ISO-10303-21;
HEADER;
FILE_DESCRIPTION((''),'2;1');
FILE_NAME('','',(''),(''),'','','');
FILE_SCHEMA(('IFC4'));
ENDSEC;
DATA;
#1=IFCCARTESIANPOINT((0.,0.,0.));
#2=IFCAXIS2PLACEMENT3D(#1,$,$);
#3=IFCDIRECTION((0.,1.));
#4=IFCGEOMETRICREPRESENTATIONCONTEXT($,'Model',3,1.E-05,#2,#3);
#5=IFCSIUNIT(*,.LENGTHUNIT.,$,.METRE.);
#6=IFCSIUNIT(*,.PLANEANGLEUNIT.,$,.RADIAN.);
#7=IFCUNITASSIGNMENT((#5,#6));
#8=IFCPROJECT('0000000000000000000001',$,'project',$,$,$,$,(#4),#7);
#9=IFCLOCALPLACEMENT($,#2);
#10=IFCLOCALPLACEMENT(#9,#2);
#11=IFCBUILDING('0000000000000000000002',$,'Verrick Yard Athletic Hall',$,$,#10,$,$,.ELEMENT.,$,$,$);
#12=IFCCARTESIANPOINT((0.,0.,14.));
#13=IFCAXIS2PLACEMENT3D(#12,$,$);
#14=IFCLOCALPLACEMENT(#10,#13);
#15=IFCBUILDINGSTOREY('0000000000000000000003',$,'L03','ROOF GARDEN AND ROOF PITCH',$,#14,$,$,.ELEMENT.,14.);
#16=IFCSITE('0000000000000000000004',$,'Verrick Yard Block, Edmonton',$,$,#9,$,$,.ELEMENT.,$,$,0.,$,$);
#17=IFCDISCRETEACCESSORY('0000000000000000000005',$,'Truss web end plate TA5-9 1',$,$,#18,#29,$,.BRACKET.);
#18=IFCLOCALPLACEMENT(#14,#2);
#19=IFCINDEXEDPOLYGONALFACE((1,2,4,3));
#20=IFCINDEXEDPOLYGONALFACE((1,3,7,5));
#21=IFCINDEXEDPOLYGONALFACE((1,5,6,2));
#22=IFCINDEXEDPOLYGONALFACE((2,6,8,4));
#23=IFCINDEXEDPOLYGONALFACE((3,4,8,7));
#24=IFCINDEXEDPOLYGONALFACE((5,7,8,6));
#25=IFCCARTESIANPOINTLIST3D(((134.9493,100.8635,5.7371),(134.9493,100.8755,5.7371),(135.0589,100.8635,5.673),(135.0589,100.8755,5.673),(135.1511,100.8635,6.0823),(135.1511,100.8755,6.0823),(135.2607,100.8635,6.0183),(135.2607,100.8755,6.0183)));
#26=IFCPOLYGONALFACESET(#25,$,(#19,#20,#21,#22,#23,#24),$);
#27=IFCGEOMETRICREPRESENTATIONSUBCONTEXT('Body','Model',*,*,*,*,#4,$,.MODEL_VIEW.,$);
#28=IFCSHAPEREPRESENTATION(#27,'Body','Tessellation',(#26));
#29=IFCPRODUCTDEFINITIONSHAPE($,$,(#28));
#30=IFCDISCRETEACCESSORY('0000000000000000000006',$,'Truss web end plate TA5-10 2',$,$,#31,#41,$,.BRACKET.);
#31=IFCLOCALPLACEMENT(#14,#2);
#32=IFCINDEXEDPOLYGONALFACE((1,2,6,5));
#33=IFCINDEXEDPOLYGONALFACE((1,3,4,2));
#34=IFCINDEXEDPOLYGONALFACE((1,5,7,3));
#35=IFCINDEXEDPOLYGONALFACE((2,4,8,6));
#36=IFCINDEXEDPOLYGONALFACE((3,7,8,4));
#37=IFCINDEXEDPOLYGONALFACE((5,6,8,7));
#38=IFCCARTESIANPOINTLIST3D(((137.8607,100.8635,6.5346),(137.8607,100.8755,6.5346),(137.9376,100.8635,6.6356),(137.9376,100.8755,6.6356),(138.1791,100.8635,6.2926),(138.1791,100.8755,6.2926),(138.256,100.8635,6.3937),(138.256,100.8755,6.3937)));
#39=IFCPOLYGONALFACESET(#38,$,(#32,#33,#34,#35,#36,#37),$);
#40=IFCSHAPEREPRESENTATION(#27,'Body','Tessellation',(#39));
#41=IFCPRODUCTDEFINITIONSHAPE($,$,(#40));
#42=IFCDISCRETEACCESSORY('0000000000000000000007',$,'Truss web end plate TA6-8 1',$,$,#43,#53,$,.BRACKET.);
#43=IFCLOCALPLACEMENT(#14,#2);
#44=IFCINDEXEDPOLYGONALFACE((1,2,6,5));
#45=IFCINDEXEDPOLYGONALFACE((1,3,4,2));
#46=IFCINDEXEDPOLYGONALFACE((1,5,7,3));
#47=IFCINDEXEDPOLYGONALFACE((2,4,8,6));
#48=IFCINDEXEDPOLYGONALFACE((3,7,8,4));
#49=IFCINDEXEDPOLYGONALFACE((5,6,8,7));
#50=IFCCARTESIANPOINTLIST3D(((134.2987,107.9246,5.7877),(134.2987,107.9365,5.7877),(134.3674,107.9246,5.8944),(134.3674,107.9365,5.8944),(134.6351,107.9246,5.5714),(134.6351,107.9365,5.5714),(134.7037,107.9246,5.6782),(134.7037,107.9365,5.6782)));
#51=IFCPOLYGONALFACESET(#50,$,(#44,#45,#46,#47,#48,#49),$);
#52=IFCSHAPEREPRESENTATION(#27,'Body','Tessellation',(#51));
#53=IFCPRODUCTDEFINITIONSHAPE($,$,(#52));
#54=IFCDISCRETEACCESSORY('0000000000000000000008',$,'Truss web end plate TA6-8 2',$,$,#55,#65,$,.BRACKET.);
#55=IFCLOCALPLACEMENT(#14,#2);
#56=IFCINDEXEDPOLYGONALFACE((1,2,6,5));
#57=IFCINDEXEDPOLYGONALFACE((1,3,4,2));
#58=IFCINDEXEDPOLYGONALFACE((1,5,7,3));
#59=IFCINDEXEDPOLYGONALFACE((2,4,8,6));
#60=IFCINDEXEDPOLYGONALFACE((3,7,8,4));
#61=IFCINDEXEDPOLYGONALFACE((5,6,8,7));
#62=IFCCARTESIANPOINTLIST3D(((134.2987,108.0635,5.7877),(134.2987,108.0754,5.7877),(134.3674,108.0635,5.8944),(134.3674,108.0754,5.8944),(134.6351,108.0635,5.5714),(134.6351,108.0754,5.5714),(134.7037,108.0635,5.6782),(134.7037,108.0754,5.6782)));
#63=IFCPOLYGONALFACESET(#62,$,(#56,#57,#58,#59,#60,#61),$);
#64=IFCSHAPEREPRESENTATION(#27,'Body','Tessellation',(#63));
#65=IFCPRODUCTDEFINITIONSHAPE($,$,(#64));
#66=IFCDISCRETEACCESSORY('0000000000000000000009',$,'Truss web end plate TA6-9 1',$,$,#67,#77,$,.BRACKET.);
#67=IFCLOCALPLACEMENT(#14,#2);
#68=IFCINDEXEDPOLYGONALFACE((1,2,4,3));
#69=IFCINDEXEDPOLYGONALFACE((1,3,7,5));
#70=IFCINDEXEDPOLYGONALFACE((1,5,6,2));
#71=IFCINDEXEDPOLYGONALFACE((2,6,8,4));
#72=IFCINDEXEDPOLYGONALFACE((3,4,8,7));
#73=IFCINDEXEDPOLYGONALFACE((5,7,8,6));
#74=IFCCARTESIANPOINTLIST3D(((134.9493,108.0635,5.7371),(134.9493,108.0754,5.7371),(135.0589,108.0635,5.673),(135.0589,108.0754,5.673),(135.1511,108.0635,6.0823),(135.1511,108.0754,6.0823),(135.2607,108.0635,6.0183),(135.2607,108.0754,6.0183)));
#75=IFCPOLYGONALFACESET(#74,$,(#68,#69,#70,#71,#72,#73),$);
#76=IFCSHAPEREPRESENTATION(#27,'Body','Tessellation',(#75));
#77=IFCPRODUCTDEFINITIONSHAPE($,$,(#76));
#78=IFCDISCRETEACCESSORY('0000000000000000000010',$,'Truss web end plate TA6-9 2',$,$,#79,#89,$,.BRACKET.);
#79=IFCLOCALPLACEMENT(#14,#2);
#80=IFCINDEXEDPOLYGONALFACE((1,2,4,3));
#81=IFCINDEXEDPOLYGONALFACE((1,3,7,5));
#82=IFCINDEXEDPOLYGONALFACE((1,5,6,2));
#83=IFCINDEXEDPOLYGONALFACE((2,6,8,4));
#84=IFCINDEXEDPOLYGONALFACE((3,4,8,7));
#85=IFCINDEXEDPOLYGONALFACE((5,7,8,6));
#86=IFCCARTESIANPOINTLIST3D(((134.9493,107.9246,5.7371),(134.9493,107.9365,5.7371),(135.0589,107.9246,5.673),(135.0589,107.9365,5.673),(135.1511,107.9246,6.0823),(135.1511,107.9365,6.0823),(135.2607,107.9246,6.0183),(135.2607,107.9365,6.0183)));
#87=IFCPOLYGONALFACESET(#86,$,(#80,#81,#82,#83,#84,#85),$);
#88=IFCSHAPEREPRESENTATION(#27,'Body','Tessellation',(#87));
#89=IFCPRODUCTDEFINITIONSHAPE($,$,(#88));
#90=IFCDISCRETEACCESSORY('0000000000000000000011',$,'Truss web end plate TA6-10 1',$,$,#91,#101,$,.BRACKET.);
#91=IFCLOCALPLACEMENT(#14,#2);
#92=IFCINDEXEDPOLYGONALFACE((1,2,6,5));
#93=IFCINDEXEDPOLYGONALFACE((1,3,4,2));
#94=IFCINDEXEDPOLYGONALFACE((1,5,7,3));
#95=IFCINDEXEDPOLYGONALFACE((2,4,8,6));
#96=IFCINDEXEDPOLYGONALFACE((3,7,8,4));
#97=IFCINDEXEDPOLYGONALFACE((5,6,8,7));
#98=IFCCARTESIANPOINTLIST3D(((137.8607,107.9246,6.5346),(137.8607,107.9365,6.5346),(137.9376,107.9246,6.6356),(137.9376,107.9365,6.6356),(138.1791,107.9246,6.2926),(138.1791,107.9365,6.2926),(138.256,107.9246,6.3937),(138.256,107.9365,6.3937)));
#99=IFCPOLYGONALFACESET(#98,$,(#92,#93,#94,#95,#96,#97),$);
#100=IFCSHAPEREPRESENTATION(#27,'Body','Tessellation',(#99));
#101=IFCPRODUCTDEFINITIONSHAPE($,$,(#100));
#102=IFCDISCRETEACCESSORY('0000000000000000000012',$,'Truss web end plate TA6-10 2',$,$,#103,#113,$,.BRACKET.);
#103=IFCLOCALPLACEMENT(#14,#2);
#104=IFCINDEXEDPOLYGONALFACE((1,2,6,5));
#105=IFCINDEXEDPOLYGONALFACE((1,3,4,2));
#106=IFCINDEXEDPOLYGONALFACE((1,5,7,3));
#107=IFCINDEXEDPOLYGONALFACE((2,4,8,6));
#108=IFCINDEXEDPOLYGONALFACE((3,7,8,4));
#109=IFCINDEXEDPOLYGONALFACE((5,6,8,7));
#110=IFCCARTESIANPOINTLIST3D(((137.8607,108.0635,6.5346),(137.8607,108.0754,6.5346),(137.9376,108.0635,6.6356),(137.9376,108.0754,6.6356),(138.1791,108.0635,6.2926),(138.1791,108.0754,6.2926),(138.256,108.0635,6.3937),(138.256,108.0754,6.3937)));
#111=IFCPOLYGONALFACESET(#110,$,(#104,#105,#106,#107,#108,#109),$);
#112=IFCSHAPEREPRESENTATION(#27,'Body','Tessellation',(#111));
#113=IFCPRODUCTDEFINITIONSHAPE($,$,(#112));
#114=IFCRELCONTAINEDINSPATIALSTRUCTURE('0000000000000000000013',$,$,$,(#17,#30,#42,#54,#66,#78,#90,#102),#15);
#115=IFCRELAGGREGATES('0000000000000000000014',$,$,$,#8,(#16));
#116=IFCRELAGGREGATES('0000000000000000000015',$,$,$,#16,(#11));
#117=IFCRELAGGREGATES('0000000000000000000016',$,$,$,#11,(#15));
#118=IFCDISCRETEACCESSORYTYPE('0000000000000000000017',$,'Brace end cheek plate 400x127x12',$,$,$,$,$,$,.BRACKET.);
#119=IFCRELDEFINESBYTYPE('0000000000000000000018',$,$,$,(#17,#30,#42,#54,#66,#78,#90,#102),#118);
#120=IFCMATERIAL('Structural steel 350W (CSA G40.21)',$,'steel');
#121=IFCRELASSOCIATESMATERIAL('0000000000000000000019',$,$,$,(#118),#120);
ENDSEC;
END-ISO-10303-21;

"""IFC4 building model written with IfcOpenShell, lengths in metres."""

from ifc_helpers import new_model, si_unit, direction, frame, origin, origin_2d, place, context, subcontext, project, spatial, rectangle, extrude, material, material_profile, profile_set, type_object, element, save


model = new_model("IFC4")

# Units and contexts
model_context = context("Model", 3, precision=1e-05, world=origin(), true_north=direction((0.0, 1.0)))
body_context = subcontext(model_context, "Body", "Model", "MODEL_VIEW")
ifc_project = project(units=[si_unit("LENGTHUNIT", "METRE"), si_unit("PLANEANGLEUNIT", "RADIAN")], contexts=[model_context])

# Site, building, storey
site_placement = place(None, origin())
site = spatial("IfcSite", under=ifc_project, at=site_placement, Name="Verrick Yard Block, Edmonton", CompositionType="ELEMENT", RefElevation=0.0)
building_placement = place(site_placement, origin())
building = spatial("IfcBuilding", under=site, at=building_placement, Name="Verrick Yard Athletic Hall", CompositionType="ELEMENT")
storey_placement = place(building_placement, frame((0.0, 0.0, 14.0)))
storey = spatial("IfcBuildingStorey", under=building, at=storey_placement, Name="L03", Description="ROOF GARDEN AND ROOF PITCH", CompositionType="ELEMENT", Elevation=14.0)

# Discrete accessories
ifc_material_1 = material(Name="Structural steel 350W (CSA G40.21)", Category="steel")
ifc_material_profile_1 = material_profile(ifc_material_1, rectangle(XDim=0.3999, YDim=0.127, at=origin_2d()), Name="Brace end cheek plate")
ifc_profile_set_1 = profile_set([ifc_material_profile_1], Name="Structural steel 350W (CSA G40.21)")
discrete_accessory_type = type_object("IfcDiscreteAccessoryType", Name="Brace end cheek plate 400x127x12", PredefinedType="BRACKET", material=ifc_profile_set_1)
for number, where, z_axis, x_axis, name in (
    (1, (135.105, 100.8635, 5.8777), (0.0, 1.0, 0.0), (0.504597, 0.0, 0.863355), "Truss web end plate TA5-9 1"),
    (2, (138.0583, 100.8635, 6.4641), (0.0, 1.0, 0.0), (-0.796193, 0.0, 0.605042), "Truss web end plate TA5-10 2"),
    (3, (134.5012, 107.9365, 5.7329), (0.0, -1.0, 0.0), (-0.841141, 0.0, 0.540816), "Truss web end plate TA6-8 1"),
    (4, (134.5012, 108.0635, 5.7329), (0.0, 1.0, 0.0), (-0.841141, 0.0, 0.540816), "Truss web end plate TA6-8 2"),
    (5, (135.105, 108.0635, 5.8777), (0.0, 1.0, 0.0), (0.504597, 0.0, 0.863355), "Truss web end plate TA6-9 1"),
    (6, (135.105, 107.9365, 5.8777), (0.0, -1.0, 0.0), (0.504597, 0.0, 0.863355), "Truss web end plate TA6-9 2"),
    (7, (138.0583, 107.9365, 6.4641), (0.0, -1.0, 0.0), (-0.796193, 0.0, 0.605042), "Truss web end plate TA6-10 1"),
    (8, (138.0583, 108.0635, 6.4641), (0.0, 1.0, 0.0), (-0.796193, 0.0, 0.605042), "Truss web end plate TA6-10 2"),
):
    element("IfcDiscreteAccessory", number, at=place(storey_placement, frame(where, z_axis=z_axis, x_axis=x_axis)), inside=storey, type_object=discrete_accessory_type, Name=name, PredefinedType="BRACKET", context=body_context, shape_type="SweptSolid", body=[
        extrude(rectangle(XDim=0.3999, YDim=0.127, at=origin_2d()), origin(), (0.0, 0.0, 1.0), 0.012),
    ])

save(model, "model.ifc")
